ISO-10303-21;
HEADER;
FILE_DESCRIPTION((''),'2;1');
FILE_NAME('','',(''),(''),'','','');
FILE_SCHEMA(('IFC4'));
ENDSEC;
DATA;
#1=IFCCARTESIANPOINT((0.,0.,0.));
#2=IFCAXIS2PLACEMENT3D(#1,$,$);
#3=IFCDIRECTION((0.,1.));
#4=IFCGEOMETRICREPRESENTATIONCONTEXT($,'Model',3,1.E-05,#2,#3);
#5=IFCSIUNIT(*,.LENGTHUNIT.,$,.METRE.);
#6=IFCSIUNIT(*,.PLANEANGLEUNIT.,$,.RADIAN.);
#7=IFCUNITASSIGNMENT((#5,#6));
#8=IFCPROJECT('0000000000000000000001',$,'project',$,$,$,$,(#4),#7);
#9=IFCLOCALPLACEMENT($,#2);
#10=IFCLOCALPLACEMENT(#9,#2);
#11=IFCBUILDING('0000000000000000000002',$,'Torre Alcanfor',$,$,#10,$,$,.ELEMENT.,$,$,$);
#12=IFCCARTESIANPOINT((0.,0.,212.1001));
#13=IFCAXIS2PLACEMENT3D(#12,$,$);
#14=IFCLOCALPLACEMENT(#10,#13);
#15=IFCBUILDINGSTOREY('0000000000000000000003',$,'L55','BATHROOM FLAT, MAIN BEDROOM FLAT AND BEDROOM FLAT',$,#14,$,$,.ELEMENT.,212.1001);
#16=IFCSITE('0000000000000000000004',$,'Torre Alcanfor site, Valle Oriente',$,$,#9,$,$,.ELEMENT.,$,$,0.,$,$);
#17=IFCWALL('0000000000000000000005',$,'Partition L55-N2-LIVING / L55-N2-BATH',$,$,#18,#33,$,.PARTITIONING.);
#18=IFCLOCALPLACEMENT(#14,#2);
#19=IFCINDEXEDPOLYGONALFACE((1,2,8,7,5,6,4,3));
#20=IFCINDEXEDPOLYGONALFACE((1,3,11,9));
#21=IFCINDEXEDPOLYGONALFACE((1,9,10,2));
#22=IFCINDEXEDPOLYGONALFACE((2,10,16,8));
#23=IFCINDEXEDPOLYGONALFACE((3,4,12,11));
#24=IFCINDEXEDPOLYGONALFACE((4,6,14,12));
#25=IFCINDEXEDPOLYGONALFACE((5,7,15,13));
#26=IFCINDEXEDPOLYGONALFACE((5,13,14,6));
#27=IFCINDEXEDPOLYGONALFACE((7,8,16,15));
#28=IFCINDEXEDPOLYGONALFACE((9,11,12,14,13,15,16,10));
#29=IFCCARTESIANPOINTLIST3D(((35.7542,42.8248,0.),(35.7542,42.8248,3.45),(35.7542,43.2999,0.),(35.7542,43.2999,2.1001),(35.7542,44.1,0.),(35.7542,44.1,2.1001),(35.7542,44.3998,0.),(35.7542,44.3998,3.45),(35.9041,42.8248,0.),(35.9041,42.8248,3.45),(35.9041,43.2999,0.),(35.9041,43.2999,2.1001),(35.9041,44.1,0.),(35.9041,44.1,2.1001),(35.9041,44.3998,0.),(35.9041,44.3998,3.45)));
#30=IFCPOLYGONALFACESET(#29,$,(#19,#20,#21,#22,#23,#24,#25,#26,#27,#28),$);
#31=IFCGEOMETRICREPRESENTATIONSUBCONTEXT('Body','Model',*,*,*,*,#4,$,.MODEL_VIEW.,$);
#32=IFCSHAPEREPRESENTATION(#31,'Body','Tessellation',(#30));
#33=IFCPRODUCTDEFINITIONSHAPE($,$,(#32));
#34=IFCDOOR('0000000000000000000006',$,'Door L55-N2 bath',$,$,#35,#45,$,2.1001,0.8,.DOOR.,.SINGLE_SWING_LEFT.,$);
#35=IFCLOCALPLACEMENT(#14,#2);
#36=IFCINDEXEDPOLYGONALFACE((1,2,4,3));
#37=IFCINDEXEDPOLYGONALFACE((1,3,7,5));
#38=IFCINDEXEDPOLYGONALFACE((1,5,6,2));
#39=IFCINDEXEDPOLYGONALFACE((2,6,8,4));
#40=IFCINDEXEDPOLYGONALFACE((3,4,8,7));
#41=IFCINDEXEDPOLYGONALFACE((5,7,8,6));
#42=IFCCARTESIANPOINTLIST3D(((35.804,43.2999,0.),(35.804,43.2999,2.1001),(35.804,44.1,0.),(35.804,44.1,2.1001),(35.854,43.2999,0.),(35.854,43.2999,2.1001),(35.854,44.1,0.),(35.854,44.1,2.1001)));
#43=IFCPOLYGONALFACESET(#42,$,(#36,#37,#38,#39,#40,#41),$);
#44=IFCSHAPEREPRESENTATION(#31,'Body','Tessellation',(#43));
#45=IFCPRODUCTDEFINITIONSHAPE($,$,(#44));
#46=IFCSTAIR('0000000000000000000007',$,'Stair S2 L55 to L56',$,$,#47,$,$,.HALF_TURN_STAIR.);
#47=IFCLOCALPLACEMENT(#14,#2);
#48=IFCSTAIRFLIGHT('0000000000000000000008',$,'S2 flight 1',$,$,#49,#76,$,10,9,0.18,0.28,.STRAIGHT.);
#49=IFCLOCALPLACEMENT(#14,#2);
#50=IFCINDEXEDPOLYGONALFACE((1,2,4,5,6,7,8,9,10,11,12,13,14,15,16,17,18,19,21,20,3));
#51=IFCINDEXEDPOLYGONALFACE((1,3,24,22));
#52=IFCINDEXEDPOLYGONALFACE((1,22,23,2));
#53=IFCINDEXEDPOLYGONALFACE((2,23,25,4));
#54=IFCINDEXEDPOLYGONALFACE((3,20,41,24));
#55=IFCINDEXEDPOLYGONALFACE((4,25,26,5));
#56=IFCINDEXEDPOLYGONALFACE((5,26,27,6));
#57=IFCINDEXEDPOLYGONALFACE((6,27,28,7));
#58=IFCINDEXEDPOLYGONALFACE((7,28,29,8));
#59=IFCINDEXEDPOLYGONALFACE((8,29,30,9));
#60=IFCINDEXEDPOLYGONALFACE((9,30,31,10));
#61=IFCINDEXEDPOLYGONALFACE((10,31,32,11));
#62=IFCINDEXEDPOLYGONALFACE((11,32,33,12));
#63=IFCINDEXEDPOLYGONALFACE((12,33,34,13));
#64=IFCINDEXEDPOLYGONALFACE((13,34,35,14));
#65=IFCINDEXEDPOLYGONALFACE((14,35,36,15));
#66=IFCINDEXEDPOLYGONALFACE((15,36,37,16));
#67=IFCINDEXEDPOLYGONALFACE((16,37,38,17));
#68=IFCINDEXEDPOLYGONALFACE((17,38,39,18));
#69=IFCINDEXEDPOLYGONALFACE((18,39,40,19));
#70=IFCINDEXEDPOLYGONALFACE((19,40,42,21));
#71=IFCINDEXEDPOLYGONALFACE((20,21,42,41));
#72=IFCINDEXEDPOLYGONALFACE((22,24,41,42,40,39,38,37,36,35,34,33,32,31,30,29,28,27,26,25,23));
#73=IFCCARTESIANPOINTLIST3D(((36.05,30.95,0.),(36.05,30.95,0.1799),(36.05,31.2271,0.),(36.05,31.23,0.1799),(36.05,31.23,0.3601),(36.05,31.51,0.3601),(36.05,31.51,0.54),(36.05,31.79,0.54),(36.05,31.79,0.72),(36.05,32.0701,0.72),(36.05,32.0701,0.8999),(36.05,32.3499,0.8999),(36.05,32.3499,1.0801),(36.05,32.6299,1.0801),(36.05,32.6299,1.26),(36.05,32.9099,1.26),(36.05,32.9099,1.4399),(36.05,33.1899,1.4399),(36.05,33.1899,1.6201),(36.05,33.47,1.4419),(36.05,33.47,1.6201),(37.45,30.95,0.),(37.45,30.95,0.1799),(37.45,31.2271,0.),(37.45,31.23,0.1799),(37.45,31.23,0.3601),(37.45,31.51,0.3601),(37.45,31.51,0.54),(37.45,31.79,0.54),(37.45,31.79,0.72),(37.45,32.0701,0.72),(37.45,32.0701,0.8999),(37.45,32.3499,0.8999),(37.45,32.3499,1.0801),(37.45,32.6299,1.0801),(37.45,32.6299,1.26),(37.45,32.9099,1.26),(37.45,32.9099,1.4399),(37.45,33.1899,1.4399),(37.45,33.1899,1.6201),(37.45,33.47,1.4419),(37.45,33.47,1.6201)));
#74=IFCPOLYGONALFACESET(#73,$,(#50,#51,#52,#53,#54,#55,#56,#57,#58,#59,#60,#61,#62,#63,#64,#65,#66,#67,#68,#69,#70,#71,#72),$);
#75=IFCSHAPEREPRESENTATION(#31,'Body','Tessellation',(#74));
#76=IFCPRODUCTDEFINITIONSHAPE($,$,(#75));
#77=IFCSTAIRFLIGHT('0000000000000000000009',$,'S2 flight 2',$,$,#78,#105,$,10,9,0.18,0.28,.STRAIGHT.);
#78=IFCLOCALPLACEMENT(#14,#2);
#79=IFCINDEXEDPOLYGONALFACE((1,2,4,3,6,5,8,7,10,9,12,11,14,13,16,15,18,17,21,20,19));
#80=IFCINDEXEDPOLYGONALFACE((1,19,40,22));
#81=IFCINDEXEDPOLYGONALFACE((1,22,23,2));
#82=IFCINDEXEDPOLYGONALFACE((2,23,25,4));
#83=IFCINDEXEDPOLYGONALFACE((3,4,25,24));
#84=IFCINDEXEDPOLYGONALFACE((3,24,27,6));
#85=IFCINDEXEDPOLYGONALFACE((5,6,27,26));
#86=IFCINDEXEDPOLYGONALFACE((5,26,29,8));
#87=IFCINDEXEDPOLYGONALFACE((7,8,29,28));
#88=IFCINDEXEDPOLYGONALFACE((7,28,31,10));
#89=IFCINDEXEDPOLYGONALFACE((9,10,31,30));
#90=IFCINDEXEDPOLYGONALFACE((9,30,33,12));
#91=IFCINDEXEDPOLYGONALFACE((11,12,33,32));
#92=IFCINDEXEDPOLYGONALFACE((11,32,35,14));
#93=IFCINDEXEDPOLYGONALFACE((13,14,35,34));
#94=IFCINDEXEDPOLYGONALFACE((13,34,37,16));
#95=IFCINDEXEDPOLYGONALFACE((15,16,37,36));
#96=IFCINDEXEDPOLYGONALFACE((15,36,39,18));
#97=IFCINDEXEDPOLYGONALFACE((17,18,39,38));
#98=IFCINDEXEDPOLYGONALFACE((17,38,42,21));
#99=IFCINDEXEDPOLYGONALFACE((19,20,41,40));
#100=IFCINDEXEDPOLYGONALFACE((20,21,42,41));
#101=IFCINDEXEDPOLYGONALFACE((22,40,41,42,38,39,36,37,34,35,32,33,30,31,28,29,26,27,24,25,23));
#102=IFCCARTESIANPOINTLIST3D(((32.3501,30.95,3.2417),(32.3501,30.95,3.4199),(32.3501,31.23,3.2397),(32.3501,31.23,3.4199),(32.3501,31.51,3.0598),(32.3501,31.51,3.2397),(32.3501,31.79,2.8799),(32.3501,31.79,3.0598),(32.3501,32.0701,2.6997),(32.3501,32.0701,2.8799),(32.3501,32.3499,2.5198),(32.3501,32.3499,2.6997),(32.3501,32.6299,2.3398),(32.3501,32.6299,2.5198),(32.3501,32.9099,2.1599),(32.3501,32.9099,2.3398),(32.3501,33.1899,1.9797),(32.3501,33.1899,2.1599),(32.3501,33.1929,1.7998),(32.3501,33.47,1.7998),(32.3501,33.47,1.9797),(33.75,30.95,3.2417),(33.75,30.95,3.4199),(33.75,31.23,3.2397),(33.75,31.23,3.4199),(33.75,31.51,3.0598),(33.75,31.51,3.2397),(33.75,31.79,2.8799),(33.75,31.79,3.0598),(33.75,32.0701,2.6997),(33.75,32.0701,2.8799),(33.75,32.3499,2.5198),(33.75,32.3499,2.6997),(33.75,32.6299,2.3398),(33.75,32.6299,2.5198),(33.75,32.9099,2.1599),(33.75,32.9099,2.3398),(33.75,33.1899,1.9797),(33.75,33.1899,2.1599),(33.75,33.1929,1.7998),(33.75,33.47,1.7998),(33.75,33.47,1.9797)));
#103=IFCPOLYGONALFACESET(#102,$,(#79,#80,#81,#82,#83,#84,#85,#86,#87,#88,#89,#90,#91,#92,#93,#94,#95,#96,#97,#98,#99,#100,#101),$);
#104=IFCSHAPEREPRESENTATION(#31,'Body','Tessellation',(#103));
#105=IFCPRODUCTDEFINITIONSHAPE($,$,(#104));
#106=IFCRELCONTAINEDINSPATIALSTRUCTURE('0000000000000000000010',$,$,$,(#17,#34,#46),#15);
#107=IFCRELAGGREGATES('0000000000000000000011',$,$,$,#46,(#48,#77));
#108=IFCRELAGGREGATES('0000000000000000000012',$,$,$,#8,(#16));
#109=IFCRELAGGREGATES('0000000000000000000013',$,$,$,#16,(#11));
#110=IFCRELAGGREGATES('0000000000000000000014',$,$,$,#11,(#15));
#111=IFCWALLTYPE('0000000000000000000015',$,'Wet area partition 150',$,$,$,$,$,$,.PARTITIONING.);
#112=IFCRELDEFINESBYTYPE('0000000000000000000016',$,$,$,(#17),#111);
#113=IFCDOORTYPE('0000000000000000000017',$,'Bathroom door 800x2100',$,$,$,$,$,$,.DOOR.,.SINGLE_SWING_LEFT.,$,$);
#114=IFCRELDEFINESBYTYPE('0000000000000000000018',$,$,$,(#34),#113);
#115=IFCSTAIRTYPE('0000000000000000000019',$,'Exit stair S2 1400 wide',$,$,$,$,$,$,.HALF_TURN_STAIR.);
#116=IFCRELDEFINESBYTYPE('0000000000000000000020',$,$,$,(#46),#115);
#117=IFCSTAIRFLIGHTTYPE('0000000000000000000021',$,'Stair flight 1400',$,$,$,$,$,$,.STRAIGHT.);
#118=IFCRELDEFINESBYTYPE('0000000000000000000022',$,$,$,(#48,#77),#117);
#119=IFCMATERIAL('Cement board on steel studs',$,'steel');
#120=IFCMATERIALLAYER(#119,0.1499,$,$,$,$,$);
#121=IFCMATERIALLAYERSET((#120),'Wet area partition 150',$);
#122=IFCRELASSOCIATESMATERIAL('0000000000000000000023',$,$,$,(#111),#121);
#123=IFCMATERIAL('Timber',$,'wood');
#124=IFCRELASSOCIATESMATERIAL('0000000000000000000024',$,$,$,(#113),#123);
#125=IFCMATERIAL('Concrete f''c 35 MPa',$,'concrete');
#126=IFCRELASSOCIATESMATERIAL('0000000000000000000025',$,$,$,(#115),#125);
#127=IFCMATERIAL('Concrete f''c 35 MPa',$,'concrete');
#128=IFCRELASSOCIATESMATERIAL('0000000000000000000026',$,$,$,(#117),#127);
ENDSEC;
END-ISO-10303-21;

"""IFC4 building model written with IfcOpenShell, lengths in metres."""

from ifc_helpers import new_model, si_unit, direction, frame, frame_2d, origin, place, context, subcontext, project, spatial, polyline, rectangle, outline, extrude, material, layer, layer_set, type_object, element, fill, aggregate, save


model = new_model("IFC4")

# Units and contexts
model_context = context("Model", 3, precision=1e-05, world=origin(), true_north=direction((0.0, 1.0)))
body_context = subcontext(model_context, "Body", "Model", "MODEL_VIEW")
ifc_project = project(units=[si_unit("LENGTHUNIT", "METRE"), si_unit("PLANEANGLEUNIT", "RADIAN")], contexts=[model_context])

# Site, building, storey
site_placement = place(None, origin())
site = spatial("IfcSite", under=ifc_project, at=site_placement, Name="Torre Alcanfor site, Valle Oriente", CompositionType="ELEMENT", RefElevation=0.0)
building_placement = place(site_placement, origin())
building = spatial("IfcBuilding", under=site, at=building_placement, Name="Torre Alcanfor", CompositionType="ELEMENT")
storey_placement = place(building_placement, frame((0.0, 0.0, 212.1001)))
storey = spatial("IfcBuildingStorey", under=building, at=storey_placement, Name="L55", Description="BATHROOM FLAT, MAIN BEDROOM FLAT AND BEDROOM FLAT", CompositionType="ELEMENT", Elevation=212.1001)

# Wall, opening, door
ifc_material_1 = material(Name="Cement board on steel studs", Category="steel")
ifc_layer_1 = layer(ifc_material_1, 0.1499)
ifc_layer_set_1 = layer_set([ifc_layer_1], Name="Wet area partition 150")
wall_type_1 = type_object("IfcWallType", Name="Wet area partition 150", PredefinedType="PARTITIONING", material=ifc_layer_set_1)
wall_1_placement = place(storey_placement, frame((35.8291, 44.3999, 0.0), z_axis=(0.0, 0.0, 1.0), x_axis=(0.0, -1.0, 0.0)))
wall_1 = element("IfcWall", 1, at=wall_1_placement, inside=storey, type_object=wall_type_1, Name="Partition L55-N2-LIVING / L55-N2-BATH", PredefinedType="PARTITIONING", context=body_context, shape_type="SweptSolid", body=[
    extrude(rectangle(XDim=1.575, YDim=0.1499, at=frame_2d((0.7876, 0.0))), origin(), (0.0, 0.0, 1.0), 3.45),
])
opening_1_placement = place(wall_1_placement, frame((0.3, 0.0, 0.0)))
opening_1 = element("IfcOpeningElement", 2, at=opening_1_placement, cuts=wall_1, PredefinedType="OPENING", context=body_context, shape_type="SweptSolid", body=[
    extrude(rectangle(XDim=0.8, YDim=2.1001, at=frame_2d((0.3999, 1.05))), frame((0.0, 0.085, 0.0), z_axis=(0.0, -1.0, 0.0), x_axis=(1.0, 0.0, 0.0)), (0.0, 0.0, 1.0), 0.1699),
])
ifc_material_2 = material(Name="Timber", Category="wood")
door_type_1 = type_object("IfcDoorType", Name="Bathroom door 800x2100", OperationType="SINGLE_SWING_LEFT", PredefinedType="DOOR", material=ifc_material_2)
door_1_placement = place(opening_1_placement, origin())
door_1 = element("IfcDoor", 3, at=door_1_placement, inside=storey, type_object=door_type_1, Name="Door L55-N2 bath", OperationType="SINGLE_SWING_LEFT", OverallHeight=2.1001, OverallWidth=0.8, PredefinedType="DOOR", context=body_context, shape_type="SweptSolid", body=[
    extrude(rectangle(XDim=0.8, YDim=2.1001, at=frame_2d((0.3999, 1.05))), frame((0.0, 0.0249, 0.0), z_axis=(0.0, -1.0, 0.0), x_axis=(1.0, 0.0, 0.0)), (0.0, 0.0, 1.0), 0.05),
])
fill(opening_1, door_1)

# Stair, stair flights
ifc_material_3 = material(Name="Concrete f'c 35 MPa", Category="concrete")
stair_type = type_object("IfcStairType", Name="Exit stair S2 1400 wide", PredefinedType="HALF_TURN_STAIR", material=ifc_material_3)
stair_placement = place(storey_placement, origin())
stair = element("IfcStair", 4, at=stair_placement, inside=storey, type_object=stair_type, Name="Stair S2 L55 to L56", PredefinedType="HALF_TURN_STAIR")
ifc_material_4 = material(Name="Concrete f'c 35 MPa", Category="concrete")
stair_flight_type = type_object("IfcStairFlightType", Name="Stair flight 1400", PredefinedType="STRAIGHT", material=ifc_material_4)
stair_flight_1_placement = place(storey_placement, frame((36.75, 30.95, 0.0), z_axis=(0.0, 0.0, 1.0), x_axis=(0.0, 1.0, 0.0)))
stair_flight_1 = element("IfcStairFlight", 5, at=stair_flight_1_placement, type_object=stair_flight_type, Name="S2 flight 1", NumberOfRisers=10, NumberOfTreads=9, PredefinedType="STRAIGHT", RiserHeight=0.18, TreadLength=0.28, context=body_context, shape_type="SweptSolid", body=[
    extrude(outline(polyline([(0.0, 0.0), (0.0, 0.1799), (0.28, 0.1799), (0.28, 0.3601), (0.5601, 0.3601), (0.5601, 0.54), (0.8401, 0.54), (0.8401, 0.72), (1.1201, 0.72), (1.1201, 0.8999), (1.3999, 0.8999), (1.3999, 1.0801), (1.6799, 1.0801), (1.6799, 1.26), (1.96, 1.26), (1.96, 1.4399), (2.24, 1.4399), (2.24, 1.6201), (2.52, 1.6201), (2.52, 1.8), (2.52, 1.4419), (0.2771, 0.0), (0.0, 0.0)])), frame((0.0, 0.7, 0.0), z_axis=(0.0, -1.0, 0.0), x_axis=(1.0, 0.0, 0.0)), (0.0, 0.0, 1.0), 1.3999),
])
stair_flight_2_placement = place(storey_placement, frame((33.05, 33.47, 1.7998), z_axis=(0.0, 0.0, 1.0), x_axis=(0.0, -1.0, 0.0)))
stair_flight_2 = element("IfcStairFlight", 6, at=stair_flight_2_placement, type_object=stair_flight_type, Name="S2 flight 2", NumberOfRisers=10, NumberOfTreads=9, PredefinedType="STRAIGHT", RiserHeight=0.18, TreadLength=0.28, context=body_context, shape_type="SweptSolid", body=[
    extrude(outline(polyline([(0.0, 0.0), (0.0, 0.1799), (0.28, 0.1799), (0.28, 0.3601), (0.5601, 0.3601), (0.5601, 0.54), (0.8401, 0.54), (0.8401, 0.72), (1.1201, 0.72), (1.1201, 0.8999), (1.3999, 0.8999), (1.3999, 1.0801), (1.6799, 1.0801), (1.6799, 1.26), (1.96, 1.26), (1.96, 1.4399), (2.24, 1.4399), (2.24, 1.6201), (2.52, 1.6201), (2.52, 1.8), (2.52, 1.4419), (0.2771, 0.0), (0.0, 0.0)])), frame((0.0, 0.7, 0.0), z_axis=(0.0, -1.0, 0.0), x_axis=(1.0, 0.0, 0.0)), (0.0, 0.0, 1.0), 1.3999),
])
aggregate(stair, [stair_flight_1, stair_flight_2])

save(model, "model.ifc")
